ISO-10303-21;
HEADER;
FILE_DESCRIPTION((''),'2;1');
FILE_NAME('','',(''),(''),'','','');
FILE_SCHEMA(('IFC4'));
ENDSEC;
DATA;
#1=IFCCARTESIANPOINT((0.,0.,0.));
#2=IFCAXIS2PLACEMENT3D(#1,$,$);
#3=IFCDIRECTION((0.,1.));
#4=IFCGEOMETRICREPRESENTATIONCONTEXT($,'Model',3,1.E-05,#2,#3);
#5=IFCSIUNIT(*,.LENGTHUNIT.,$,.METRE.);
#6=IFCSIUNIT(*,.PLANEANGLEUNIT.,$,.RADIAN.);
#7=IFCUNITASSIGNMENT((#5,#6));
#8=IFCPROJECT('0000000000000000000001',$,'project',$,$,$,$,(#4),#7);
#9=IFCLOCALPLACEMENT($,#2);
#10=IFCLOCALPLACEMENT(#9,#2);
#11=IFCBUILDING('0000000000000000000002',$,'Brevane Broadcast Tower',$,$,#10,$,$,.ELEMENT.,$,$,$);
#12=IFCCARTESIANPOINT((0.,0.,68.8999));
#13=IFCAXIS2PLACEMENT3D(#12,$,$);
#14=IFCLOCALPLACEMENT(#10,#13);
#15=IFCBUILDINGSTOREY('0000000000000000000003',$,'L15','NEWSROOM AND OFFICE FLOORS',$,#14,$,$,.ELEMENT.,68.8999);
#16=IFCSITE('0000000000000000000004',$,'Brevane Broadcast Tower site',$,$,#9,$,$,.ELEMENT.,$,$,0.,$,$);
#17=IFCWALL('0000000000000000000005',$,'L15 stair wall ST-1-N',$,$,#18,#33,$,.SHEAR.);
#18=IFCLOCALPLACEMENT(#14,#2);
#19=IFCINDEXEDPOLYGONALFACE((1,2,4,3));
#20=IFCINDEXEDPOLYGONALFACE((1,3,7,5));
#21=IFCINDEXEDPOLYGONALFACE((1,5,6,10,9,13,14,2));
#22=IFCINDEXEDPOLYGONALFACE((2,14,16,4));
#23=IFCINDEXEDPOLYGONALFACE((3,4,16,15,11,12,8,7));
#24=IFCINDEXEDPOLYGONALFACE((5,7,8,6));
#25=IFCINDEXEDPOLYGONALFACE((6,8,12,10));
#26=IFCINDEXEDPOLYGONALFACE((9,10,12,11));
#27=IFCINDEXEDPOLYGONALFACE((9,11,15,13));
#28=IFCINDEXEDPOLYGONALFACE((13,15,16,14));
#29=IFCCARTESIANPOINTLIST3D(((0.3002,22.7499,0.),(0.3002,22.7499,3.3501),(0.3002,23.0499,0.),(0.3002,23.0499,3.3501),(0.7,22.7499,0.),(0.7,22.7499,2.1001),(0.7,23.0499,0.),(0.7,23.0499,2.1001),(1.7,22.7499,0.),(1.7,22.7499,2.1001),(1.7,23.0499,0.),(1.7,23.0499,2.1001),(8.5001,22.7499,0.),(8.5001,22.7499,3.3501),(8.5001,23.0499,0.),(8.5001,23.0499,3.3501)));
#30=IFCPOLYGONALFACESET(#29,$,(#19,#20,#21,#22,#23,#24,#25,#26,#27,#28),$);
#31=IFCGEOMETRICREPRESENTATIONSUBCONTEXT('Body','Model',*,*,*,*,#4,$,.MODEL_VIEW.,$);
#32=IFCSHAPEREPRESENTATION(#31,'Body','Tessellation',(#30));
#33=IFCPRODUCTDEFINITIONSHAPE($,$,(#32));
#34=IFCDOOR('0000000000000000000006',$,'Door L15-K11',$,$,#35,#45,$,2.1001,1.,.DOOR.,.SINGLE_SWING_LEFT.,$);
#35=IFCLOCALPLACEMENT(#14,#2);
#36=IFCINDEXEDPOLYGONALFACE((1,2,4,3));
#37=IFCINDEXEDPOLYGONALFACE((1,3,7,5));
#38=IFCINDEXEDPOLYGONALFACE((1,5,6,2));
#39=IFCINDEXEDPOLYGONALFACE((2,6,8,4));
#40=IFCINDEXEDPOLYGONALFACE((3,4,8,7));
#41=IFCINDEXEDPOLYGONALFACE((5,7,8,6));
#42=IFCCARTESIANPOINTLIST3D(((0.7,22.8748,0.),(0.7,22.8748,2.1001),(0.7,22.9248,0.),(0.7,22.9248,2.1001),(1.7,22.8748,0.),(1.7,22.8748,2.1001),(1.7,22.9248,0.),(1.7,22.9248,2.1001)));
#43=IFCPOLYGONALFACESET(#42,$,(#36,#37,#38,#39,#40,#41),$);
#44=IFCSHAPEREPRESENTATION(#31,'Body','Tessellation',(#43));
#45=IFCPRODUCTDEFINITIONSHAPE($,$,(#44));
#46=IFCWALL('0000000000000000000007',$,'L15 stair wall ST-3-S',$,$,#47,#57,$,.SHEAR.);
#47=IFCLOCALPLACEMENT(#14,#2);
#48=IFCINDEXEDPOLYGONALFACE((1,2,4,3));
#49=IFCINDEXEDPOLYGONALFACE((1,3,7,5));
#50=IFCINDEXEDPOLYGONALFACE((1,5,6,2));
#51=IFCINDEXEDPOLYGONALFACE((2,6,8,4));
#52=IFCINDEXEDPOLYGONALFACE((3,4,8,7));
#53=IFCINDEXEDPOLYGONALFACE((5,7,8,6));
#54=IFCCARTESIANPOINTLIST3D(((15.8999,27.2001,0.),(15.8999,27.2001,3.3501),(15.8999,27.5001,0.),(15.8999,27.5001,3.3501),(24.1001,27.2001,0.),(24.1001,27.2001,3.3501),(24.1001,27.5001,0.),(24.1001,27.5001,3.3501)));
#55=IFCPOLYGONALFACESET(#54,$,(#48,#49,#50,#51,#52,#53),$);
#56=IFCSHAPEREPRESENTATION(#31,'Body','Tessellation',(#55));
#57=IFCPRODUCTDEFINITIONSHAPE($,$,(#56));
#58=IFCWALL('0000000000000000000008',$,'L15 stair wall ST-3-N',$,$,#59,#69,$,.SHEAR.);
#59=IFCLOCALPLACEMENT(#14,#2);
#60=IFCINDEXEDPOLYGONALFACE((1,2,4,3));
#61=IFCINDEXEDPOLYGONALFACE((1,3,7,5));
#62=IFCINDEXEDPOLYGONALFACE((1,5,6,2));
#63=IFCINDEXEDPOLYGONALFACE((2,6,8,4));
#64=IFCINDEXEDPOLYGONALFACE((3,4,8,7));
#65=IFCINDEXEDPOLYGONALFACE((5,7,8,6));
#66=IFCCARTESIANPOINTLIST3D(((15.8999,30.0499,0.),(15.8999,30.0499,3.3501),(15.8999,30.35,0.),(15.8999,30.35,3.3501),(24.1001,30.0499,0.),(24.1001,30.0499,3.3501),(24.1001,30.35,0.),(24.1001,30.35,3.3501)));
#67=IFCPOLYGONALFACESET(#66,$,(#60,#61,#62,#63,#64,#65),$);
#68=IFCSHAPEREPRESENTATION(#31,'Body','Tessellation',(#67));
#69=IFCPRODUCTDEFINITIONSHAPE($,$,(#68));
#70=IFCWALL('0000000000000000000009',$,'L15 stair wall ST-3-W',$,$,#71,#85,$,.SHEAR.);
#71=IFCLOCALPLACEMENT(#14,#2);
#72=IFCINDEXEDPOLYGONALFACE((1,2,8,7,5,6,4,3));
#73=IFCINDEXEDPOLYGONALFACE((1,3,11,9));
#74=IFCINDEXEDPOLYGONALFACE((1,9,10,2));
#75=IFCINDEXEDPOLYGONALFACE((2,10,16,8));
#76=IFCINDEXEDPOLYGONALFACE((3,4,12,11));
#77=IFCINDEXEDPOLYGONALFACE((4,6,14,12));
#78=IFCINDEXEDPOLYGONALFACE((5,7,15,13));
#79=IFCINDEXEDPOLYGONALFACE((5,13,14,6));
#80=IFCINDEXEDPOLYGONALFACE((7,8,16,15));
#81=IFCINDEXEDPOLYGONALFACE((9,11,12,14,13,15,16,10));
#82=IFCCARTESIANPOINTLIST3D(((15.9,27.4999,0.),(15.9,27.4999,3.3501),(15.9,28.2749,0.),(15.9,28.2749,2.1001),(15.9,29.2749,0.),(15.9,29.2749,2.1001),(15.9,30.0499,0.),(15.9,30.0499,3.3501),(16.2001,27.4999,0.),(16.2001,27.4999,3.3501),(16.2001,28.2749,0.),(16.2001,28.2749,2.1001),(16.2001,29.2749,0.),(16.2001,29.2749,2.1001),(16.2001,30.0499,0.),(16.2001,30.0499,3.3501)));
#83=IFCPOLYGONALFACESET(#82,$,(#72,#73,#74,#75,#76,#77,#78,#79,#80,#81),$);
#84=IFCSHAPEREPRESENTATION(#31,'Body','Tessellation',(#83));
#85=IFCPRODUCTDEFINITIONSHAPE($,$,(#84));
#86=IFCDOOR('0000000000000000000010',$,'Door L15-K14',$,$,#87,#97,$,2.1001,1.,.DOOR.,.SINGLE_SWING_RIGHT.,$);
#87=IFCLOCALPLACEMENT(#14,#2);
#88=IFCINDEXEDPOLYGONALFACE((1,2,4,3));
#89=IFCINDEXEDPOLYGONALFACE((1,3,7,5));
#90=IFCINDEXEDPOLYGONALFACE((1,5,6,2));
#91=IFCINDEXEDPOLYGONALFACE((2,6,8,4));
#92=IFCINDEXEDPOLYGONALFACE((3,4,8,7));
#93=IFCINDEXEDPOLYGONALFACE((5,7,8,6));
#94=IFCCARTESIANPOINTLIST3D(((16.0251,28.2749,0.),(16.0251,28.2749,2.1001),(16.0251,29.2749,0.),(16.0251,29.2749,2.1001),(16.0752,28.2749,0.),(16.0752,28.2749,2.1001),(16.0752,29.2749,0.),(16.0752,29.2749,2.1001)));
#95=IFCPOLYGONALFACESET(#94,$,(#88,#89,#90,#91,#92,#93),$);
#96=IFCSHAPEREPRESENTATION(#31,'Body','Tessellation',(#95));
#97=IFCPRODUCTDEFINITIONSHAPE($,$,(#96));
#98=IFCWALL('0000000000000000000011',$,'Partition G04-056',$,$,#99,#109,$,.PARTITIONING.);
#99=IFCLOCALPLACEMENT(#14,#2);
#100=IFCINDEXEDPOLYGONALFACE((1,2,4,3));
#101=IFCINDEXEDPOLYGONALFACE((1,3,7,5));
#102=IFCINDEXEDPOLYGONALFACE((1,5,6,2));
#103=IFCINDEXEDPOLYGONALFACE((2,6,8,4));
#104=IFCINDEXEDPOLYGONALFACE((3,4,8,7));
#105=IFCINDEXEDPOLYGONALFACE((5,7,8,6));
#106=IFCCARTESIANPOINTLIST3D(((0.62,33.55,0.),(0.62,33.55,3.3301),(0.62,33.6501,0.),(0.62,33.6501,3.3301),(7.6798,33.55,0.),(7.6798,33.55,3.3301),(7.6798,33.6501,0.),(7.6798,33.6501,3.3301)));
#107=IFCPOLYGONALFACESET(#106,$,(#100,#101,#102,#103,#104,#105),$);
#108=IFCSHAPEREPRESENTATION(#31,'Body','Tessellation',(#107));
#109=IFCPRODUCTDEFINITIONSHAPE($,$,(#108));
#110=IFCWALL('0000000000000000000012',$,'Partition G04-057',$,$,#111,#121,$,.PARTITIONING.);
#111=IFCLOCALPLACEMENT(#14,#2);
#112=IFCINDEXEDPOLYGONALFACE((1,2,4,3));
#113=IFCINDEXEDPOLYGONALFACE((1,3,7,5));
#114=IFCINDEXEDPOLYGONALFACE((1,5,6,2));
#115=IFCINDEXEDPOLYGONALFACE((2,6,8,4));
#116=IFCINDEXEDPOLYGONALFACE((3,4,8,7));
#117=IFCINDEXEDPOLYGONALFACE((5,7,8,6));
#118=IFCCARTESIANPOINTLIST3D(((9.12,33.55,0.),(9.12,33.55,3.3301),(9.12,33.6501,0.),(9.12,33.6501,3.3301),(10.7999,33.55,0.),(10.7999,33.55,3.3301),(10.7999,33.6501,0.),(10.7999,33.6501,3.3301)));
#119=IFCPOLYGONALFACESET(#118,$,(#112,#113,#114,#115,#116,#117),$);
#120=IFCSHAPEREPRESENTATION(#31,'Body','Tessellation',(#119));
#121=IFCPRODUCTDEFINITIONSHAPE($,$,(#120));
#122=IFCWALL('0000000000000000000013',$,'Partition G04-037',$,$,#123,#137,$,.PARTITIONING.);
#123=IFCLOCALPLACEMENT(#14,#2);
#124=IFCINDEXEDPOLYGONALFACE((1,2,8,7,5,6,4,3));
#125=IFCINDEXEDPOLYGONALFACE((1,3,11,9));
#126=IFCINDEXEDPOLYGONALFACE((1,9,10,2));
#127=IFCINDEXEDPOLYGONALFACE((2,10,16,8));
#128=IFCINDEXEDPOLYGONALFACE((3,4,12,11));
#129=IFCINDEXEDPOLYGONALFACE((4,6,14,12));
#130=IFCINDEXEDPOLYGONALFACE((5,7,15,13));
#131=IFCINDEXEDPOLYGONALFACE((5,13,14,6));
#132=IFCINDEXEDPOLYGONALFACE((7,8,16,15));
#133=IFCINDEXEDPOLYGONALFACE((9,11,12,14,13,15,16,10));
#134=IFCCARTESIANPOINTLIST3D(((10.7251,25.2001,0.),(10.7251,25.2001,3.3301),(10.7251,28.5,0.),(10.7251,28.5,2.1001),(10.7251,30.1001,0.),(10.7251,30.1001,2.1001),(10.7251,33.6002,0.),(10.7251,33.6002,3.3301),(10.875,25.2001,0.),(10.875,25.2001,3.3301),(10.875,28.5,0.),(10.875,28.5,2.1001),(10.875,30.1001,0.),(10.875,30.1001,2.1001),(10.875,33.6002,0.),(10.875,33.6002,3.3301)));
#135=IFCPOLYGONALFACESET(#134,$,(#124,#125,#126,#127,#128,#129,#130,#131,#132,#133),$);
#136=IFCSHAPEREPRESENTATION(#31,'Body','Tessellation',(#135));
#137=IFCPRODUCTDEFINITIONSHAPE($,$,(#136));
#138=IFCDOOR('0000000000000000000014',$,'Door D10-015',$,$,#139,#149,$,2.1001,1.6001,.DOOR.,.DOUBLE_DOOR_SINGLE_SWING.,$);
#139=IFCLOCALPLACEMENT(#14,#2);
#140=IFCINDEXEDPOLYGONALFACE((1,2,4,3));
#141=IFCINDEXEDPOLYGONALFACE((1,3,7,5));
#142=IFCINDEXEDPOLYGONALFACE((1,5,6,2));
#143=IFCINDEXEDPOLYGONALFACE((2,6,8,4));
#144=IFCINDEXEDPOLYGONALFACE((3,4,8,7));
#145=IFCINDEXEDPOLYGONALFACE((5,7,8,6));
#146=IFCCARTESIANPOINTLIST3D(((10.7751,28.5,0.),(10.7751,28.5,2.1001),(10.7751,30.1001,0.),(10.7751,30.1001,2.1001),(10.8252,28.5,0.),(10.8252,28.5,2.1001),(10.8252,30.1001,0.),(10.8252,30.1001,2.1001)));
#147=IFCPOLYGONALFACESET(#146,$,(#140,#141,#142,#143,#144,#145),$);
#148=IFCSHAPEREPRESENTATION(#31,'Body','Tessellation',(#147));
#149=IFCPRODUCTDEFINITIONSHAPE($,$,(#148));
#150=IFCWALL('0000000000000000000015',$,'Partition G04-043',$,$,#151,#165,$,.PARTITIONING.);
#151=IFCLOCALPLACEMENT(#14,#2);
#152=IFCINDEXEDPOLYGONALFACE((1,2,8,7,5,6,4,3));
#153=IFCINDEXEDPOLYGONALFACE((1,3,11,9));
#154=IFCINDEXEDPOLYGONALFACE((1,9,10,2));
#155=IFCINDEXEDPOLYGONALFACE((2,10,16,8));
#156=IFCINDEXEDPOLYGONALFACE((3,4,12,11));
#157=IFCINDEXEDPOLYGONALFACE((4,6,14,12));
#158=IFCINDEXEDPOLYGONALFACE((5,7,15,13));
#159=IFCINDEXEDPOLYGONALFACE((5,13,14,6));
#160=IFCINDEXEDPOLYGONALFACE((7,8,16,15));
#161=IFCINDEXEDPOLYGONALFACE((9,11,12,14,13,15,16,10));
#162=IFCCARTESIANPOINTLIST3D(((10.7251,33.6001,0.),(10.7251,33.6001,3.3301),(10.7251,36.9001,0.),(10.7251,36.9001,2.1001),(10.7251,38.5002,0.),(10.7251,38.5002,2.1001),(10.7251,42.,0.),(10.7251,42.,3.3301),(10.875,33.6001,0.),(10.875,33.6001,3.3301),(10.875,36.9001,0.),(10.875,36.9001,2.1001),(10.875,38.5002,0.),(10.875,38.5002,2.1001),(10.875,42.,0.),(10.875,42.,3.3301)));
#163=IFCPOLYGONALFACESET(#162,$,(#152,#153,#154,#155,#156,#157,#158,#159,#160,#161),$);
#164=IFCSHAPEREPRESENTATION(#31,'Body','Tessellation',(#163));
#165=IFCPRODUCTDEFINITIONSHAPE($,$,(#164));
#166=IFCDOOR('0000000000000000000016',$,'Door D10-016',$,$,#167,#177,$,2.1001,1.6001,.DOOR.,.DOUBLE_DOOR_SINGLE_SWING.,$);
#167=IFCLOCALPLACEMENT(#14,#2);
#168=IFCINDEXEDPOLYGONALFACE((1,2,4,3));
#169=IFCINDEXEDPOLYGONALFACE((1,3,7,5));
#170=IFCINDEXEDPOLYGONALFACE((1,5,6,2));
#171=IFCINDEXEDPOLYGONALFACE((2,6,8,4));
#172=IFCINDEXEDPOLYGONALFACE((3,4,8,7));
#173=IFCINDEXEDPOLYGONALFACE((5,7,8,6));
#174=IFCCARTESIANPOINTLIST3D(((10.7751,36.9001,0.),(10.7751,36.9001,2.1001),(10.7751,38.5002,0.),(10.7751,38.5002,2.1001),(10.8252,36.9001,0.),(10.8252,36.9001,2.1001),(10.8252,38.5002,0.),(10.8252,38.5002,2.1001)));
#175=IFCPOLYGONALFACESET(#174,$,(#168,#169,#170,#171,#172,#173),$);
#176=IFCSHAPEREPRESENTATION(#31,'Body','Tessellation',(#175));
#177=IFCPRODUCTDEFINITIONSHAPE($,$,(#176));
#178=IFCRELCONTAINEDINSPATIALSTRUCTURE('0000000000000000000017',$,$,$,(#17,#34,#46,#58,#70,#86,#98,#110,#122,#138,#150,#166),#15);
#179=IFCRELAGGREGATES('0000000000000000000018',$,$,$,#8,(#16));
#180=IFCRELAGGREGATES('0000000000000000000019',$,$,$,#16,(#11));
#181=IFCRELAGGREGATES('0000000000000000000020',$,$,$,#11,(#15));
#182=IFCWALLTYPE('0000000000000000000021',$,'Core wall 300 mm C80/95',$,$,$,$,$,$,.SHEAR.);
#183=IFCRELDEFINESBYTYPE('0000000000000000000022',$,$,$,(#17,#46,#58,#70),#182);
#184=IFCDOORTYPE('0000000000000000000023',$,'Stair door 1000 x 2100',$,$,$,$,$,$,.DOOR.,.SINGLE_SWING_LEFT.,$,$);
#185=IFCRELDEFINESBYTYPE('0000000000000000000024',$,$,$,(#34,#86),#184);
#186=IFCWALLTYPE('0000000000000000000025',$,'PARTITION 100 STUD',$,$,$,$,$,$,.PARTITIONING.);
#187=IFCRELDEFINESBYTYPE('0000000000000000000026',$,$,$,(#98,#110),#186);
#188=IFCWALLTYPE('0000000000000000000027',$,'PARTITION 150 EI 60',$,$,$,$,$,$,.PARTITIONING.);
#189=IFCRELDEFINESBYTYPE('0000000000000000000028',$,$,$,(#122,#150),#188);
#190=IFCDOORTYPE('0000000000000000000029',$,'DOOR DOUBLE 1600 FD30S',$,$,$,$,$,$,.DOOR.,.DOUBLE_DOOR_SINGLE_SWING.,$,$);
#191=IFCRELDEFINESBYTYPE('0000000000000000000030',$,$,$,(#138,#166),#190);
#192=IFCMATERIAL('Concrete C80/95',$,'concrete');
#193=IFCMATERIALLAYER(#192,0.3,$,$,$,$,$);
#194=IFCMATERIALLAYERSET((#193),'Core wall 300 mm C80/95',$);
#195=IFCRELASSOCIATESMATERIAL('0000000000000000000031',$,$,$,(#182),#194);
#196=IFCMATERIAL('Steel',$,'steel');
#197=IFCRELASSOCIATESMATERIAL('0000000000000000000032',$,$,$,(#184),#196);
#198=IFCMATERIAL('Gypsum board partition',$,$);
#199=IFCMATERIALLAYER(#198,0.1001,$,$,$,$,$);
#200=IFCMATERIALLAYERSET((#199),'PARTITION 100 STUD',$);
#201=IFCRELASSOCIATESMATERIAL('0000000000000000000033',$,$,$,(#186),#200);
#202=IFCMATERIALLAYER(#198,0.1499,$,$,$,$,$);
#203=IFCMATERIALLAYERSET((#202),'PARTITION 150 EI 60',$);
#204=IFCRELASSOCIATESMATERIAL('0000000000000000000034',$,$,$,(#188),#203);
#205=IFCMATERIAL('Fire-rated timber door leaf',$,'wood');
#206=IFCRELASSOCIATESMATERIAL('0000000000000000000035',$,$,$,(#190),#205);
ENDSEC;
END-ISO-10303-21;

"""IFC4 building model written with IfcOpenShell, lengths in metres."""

from ifc_helpers import new_model, si_unit, direction, frame, frame_2d, origin, place, context, subcontext, project, spatial, rectangle, extrude, material, layer, layer_set, type_object, element, fill, save


model = new_model("IFC4")

# Units and contexts
model_context = context("Model", 3, precision=1e-05, world=origin(), true_north=direction((0.0, 1.0)))
body_context = subcontext(model_context, "Body", "Model", "MODEL_VIEW")
ifc_project = project(units=[si_unit("LENGTHUNIT", "METRE"), si_unit("PLANEANGLEUNIT", "RADIAN")], contexts=[model_context])

# Site, building, storey
site_placement = place(None, origin())
site = spatial("IfcSite", under=ifc_project, at=site_placement, Name="Brevane Broadcast Tower site", CompositionType="ELEMENT", RefElevation=0.0)
building_placement = place(site_placement, origin())
building = spatial("IfcBuilding", under=site, at=building_placement, Name="Brevane Broadcast Tower", CompositionType="ELEMENT")
storey_placement = place(building_placement, frame((0.0, 0.0, 68.8999)))
storey = spatial("IfcBuildingStorey", under=building, at=storey_placement, Name="L15", Description="NEWSROOM AND OFFICE FLOORS", CompositionType="ELEMENT", Elevation=68.8999)

# Shared definitions
ifc_material_1 = material(Name="Concrete C80/95", Category="concrete")

# Wall, opening, door
ifc_layer_1 = layer(ifc_material_1, 0.3)
ifc_layer_set_1 = layer_set([ifc_layer_1], Name="Core wall 300 mm C80/95")
wall_type_1 = type_object("IfcWallType", Name="Core wall 300 mm C80/95", PredefinedType="SHEAR", material=ifc_layer_set_1)
wall_1_placement = place(storey_placement, frame((0.3, 22.8999, 0.0), z_axis=(0.0, 0.0, 1.0), x_axis=(1.0, 0.0, 0.0)))
wall_1 = element("IfcWall", 1, at=wall_1_placement, inside=storey, type_object=wall_type_1, Name="L15 stair wall ST-1-N", PredefinedType="SHEAR", context=body_context, shape_type="SweptSolid", body=[
    extrude(rectangle(XDim=8.2, YDim=0.3, at=frame_2d((4.1001, 0.0))), origin(), (0.0, 0.0, 1.0), 3.3501),
])
opening_1_placement = place(wall_1_placement, frame((0.3999, 0.0, 0.0)))
opening_1 = element("IfcOpeningElement", 2, at=opening_1_placement, cuts=wall_1, PredefinedType="OPENING", context=body_context, shape_type="SweptSolid", body=[
    extrude(rectangle(XDim=1.0, YDim=2.1001, at=frame_2d((0.5, 1.05))), frame((0.0, 0.1599, 0.0), z_axis=(0.0, -1.0, 0.0), x_axis=(1.0, 0.0, 0.0)), (0.0, 0.0, 1.0), 0.3201),
])
ifc_material_2 = material(Name="Steel", Category="steel")
door_type_1 = type_object("IfcDoorType", Name="Stair door 1000 x 2100", OperationType="SINGLE_SWING_LEFT", PredefinedType="DOOR", material=ifc_material_2)
door_1_placement = place(opening_1_placement, origin())
door_1 = element("IfcDoor", 3, at=door_1_placement, inside=storey, type_object=door_type_1, Name="Door L15-K11", OperationType="SINGLE_SWING_LEFT", OverallHeight=2.1001, OverallWidth=1.0, PredefinedType="DOOR", context=body_context, shape_type="SweptSolid", body=[
    extrude(rectangle(XDim=1.0, YDim=2.1001, at=frame_2d((0.5, 1.05))), frame((0.0, 0.0249, 0.0), z_axis=(0.0, -1.0, 0.0), x_axis=(1.0, 0.0, 0.0)), (0.0, 0.0, 1.0), 0.05),
])
fill(opening_1, door_1)

# Walls
for number, where, z_axis, x_axis, name in (
    (4, (15.8999, 27.3501, 0.0), (0.0, 0.0, 1.0), (1.0, 0.0, 0.0), "L15 stair wall ST-3-S"),
    (5, (15.8999, 30.2, 0.0), (0.0, 0.0, 1.0), (1.0, 0.0, 0.0), "L15 stair wall ST-3-N"),
):
    element("IfcWall", number, at=place(storey_placement, frame(where, z_axis=z_axis, x_axis=x_axis)), inside=storey, type_object=wall_type_1, Name=name, PredefinedType="SHEAR", context=body_context, shape_type="SweptSolid", body=[
        extrude(rectangle(XDim=8.2002, YDim=0.3, at=frame_2d((4.1001, 0.0))), origin(), (0.0, 0.0, 1.0), 3.3501),
    ])

# Wall, opening, door
wall_2_placement = place(storey_placement, frame((16.05, 27.5, 0.0), z_axis=(0.0, 0.0, 1.0), x_axis=(0.0, 1.0, 0.0)))
wall_2 = element("IfcWall", 6, at=wall_2_placement, inside=storey, type_object=wall_type_1, Name="L15 stair wall ST-3-W", PredefinedType="SHEAR", context=body_context, shape_type="SweptSolid", body=[
    extrude(rectangle(XDim=2.55, YDim=0.3, at=frame_2d((1.2749, 0.0))), origin(), (0.0, 0.0, 1.0), 3.3501),
])
opening_2_placement = place(wall_2_placement, frame((0.7749, 0.0, 0.0)))
opening_2 = element("IfcOpeningElement", 7, at=opening_2_placement, cuts=wall_2, PredefinedType="OPENING", context=body_context, shape_type="SweptSolid", body=[
    extrude(rectangle(XDim=1.0, YDim=2.1001, at=frame_2d((0.5, 1.05))), frame((0.0, 0.1599, 0.0), z_axis=(0.0, -1.0, 0.0), x_axis=(1.0, 0.0, 0.0)), (0.0, 0.0, 1.0), 0.3201),
])
door_2_placement = place(opening_2_placement, origin())
door_2 = element("IfcDoor", 8, at=door_2_placement, inside=storey, type_object=door_type_1, Name="Door L15-K14", OperationType="SINGLE_SWING_RIGHT", OverallHeight=2.1001, OverallWidth=1.0, PredefinedType="DOOR", context=body_context, shape_type="SweptSolid", body=[
    extrude(rectangle(XDim=1.0, YDim=2.1001, at=frame_2d((0.5, 1.05))), frame((0.0, 0.0249, 0.0), z_axis=(0.0, -1.0, 0.0), x_axis=(1.0, 0.0, 0.0)), (0.0, 0.0, 1.0), 0.05),
])
fill(opening_2, door_2)

# Walls
ifc_material_3 = material(Name="Gypsum board partition")
ifc_layer_2 = layer(ifc_material_3, 0.1001)
ifc_layer_set_2 = layer_set([ifc_layer_2], Name="PARTITION 100 STUD")
wall_type_2 = type_object("IfcWallType", Name="PARTITION 100 STUD", PredefinedType="PARTITIONING", material=ifc_layer_set_2)
wall_3_placement = place(storey_placement, frame((0.6201, 33.6001, 0.0), z_axis=(0.0, 0.0, 1.0), x_axis=(1.0, 0.0, 0.0)))
element("IfcWall", 9, at=wall_3_placement, inside=storey, type_object=wall_type_2, Name="Partition G04-056", PredefinedType="PARTITIONING", context=body_context, shape_type="SweptSolid", body=[
    extrude(rectangle(XDim=7.0598, YDim=0.1001, at=frame_2d((3.5298, 0.0))), origin(), (0.0, 0.0, 1.0), 3.3301),
])
wall_4_placement = place(storey_placement, frame((9.1201, 33.6001, 0.0), z_axis=(0.0, 0.0, 1.0), x_axis=(1.0, 0.0, 0.0)))
element("IfcWall", 10, at=wall_4_placement, inside=storey, type_object=wall_type_2, Name="Partition G04-057", PredefinedType="PARTITIONING", context=body_context, shape_type="SweptSolid", body=[
    extrude(rectangle(XDim=1.6799, YDim=0.1001, at=frame_2d((0.8398, 0.0))), origin(), (0.0, 0.0, 1.0), 3.3301),
])

# Walls, openings, doors
ifc_layer_3 = layer(ifc_material_3, 0.1499)
ifc_layer_set_3 = layer_set([ifc_layer_3], Name="PARTITION 150 EI 60")
wall_type_3 = type_object("IfcWallType", Name="PARTITION 150 EI 60", PredefinedType="PARTITIONING", material=ifc_layer_set_3)
wall_5_placement = place(storey_placement, frame((10.8, 25.2, 0.0), z_axis=(0.0, 0.0, 1.0), x_axis=(0.0, 1.0, 0.0)))
wall_5 = element("IfcWall", 11, at=wall_5_placement, inside=storey, type_object=wall_type_3, Name="Partition G04-037", PredefinedType="PARTITIONING", context=body_context, shape_type="SweptSolid", body=[
    extrude(rectangle(XDim=8.4001, YDim=0.1499, at=frame_2d((4.2002, 0.0))), origin(), (0.0, 0.0, 1.0), 3.3301),
])
opening_3_placement = place(wall_5_placement, frame((3.3, 0.0, 0.0)))
opening_3 = element("IfcOpeningElement", 12, at=opening_3_placement, cuts=wall_5, PredefinedType="OPENING", context=body_context, shape_type="SweptSolid", body=[
    extrude(rectangle(XDim=1.6001, YDim=2.1001, at=frame_2d((0.8, 1.05))), frame((0.0, 0.085, 0.0), z_axis=(0.0, -1.0, 0.0), x_axis=(1.0, 0.0, 0.0)), (0.0, 0.0, 1.0), 0.1699),
])
ifc_material_4 = material(Name="Fire-rated timber door leaf", Category="wood")
door_type_2 = type_object("IfcDoorType", Name="DOOR DOUBLE 1600 FD30S", OperationType="DOUBLE_DOOR_SINGLE_SWING", PredefinedType="DOOR", material=ifc_material_4)
door_3_placement = place(opening_3_placement, origin())
door_3 = element("IfcDoor", 13, at=door_3_placement, inside=storey, type_object=door_type_2, Name="Door D10-015", OperationType="DOUBLE_DOOR_SINGLE_SWING", OverallHeight=2.1001, OverallWidth=1.6001, PredefinedType="DOOR", context=body_context, shape_type="SweptSolid", body=[
    extrude(rectangle(XDim=1.6001, YDim=2.1001, at=frame_2d((0.8, 1.05))), frame((0.0, 0.0249, 0.0), z_axis=(0.0, -1.0, 0.0), x_axis=(1.0, 0.0, 0.0)), (0.0, 0.0, 1.0), 0.05),
])
fill(opening_3, door_3)
wall_6_placement = place(storey_placement, frame((10.8, 33.6001, 0.0), z_axis=(0.0, 0.0, 1.0), x_axis=(0.0, 1.0, 0.0)))
wall_6 = element("IfcWall", 14, at=wall_6_placement, inside=storey, type_object=wall_type_3, Name="Partition G04-043", PredefinedType="PARTITIONING", context=body_context, shape_type="SweptSolid", body=[
    extrude(rectangle(XDim=8.3999, YDim=0.1499, at=frame_2d((4.2, 0.0))), origin(), (0.0, 0.0, 1.0), 3.3301),
])
opening_4_placement = place(wall_6_placement, frame((3.3, 0.0, 0.0)))
opening_4 = element("IfcOpeningElement", 15, at=opening_4_placement, cuts=wall_6, PredefinedType="OPENING", context=body_context, shape_type="SweptSolid", body=[
    extrude(rectangle(XDim=1.6001, YDim=2.1001, at=frame_2d((0.8, 1.05))), frame((0.0, 0.085, 0.0), z_axis=(0.0, -1.0, 0.0), x_axis=(1.0, 0.0, 0.0)), (0.0, 0.0, 1.0), 0.1699),
])
door_4_placement = place(opening_4_placement, origin())
door_4 = element("IfcDoor", 16, at=door_4_placement, inside=storey, type_object=door_type_2, Name="Door D10-016", OperationType="DOUBLE_DOOR_SINGLE_SWING", OverallHeight=2.1001, OverallWidth=1.6001, PredefinedType="DOOR", context=body_context, shape_type="SweptSolid", body=[
    extrude(rectangle(XDim=1.6001, YDim=2.1001, at=frame_2d((0.8, 1.05))), frame((0.0, 0.0249, 0.0), z_axis=(0.0, -1.0, 0.0), x_axis=(1.0, 0.0, 0.0)), (0.0, 0.0, 1.0), 0.05),
])
fill(opening_4, door_4)

save(model, "model.ifc")
